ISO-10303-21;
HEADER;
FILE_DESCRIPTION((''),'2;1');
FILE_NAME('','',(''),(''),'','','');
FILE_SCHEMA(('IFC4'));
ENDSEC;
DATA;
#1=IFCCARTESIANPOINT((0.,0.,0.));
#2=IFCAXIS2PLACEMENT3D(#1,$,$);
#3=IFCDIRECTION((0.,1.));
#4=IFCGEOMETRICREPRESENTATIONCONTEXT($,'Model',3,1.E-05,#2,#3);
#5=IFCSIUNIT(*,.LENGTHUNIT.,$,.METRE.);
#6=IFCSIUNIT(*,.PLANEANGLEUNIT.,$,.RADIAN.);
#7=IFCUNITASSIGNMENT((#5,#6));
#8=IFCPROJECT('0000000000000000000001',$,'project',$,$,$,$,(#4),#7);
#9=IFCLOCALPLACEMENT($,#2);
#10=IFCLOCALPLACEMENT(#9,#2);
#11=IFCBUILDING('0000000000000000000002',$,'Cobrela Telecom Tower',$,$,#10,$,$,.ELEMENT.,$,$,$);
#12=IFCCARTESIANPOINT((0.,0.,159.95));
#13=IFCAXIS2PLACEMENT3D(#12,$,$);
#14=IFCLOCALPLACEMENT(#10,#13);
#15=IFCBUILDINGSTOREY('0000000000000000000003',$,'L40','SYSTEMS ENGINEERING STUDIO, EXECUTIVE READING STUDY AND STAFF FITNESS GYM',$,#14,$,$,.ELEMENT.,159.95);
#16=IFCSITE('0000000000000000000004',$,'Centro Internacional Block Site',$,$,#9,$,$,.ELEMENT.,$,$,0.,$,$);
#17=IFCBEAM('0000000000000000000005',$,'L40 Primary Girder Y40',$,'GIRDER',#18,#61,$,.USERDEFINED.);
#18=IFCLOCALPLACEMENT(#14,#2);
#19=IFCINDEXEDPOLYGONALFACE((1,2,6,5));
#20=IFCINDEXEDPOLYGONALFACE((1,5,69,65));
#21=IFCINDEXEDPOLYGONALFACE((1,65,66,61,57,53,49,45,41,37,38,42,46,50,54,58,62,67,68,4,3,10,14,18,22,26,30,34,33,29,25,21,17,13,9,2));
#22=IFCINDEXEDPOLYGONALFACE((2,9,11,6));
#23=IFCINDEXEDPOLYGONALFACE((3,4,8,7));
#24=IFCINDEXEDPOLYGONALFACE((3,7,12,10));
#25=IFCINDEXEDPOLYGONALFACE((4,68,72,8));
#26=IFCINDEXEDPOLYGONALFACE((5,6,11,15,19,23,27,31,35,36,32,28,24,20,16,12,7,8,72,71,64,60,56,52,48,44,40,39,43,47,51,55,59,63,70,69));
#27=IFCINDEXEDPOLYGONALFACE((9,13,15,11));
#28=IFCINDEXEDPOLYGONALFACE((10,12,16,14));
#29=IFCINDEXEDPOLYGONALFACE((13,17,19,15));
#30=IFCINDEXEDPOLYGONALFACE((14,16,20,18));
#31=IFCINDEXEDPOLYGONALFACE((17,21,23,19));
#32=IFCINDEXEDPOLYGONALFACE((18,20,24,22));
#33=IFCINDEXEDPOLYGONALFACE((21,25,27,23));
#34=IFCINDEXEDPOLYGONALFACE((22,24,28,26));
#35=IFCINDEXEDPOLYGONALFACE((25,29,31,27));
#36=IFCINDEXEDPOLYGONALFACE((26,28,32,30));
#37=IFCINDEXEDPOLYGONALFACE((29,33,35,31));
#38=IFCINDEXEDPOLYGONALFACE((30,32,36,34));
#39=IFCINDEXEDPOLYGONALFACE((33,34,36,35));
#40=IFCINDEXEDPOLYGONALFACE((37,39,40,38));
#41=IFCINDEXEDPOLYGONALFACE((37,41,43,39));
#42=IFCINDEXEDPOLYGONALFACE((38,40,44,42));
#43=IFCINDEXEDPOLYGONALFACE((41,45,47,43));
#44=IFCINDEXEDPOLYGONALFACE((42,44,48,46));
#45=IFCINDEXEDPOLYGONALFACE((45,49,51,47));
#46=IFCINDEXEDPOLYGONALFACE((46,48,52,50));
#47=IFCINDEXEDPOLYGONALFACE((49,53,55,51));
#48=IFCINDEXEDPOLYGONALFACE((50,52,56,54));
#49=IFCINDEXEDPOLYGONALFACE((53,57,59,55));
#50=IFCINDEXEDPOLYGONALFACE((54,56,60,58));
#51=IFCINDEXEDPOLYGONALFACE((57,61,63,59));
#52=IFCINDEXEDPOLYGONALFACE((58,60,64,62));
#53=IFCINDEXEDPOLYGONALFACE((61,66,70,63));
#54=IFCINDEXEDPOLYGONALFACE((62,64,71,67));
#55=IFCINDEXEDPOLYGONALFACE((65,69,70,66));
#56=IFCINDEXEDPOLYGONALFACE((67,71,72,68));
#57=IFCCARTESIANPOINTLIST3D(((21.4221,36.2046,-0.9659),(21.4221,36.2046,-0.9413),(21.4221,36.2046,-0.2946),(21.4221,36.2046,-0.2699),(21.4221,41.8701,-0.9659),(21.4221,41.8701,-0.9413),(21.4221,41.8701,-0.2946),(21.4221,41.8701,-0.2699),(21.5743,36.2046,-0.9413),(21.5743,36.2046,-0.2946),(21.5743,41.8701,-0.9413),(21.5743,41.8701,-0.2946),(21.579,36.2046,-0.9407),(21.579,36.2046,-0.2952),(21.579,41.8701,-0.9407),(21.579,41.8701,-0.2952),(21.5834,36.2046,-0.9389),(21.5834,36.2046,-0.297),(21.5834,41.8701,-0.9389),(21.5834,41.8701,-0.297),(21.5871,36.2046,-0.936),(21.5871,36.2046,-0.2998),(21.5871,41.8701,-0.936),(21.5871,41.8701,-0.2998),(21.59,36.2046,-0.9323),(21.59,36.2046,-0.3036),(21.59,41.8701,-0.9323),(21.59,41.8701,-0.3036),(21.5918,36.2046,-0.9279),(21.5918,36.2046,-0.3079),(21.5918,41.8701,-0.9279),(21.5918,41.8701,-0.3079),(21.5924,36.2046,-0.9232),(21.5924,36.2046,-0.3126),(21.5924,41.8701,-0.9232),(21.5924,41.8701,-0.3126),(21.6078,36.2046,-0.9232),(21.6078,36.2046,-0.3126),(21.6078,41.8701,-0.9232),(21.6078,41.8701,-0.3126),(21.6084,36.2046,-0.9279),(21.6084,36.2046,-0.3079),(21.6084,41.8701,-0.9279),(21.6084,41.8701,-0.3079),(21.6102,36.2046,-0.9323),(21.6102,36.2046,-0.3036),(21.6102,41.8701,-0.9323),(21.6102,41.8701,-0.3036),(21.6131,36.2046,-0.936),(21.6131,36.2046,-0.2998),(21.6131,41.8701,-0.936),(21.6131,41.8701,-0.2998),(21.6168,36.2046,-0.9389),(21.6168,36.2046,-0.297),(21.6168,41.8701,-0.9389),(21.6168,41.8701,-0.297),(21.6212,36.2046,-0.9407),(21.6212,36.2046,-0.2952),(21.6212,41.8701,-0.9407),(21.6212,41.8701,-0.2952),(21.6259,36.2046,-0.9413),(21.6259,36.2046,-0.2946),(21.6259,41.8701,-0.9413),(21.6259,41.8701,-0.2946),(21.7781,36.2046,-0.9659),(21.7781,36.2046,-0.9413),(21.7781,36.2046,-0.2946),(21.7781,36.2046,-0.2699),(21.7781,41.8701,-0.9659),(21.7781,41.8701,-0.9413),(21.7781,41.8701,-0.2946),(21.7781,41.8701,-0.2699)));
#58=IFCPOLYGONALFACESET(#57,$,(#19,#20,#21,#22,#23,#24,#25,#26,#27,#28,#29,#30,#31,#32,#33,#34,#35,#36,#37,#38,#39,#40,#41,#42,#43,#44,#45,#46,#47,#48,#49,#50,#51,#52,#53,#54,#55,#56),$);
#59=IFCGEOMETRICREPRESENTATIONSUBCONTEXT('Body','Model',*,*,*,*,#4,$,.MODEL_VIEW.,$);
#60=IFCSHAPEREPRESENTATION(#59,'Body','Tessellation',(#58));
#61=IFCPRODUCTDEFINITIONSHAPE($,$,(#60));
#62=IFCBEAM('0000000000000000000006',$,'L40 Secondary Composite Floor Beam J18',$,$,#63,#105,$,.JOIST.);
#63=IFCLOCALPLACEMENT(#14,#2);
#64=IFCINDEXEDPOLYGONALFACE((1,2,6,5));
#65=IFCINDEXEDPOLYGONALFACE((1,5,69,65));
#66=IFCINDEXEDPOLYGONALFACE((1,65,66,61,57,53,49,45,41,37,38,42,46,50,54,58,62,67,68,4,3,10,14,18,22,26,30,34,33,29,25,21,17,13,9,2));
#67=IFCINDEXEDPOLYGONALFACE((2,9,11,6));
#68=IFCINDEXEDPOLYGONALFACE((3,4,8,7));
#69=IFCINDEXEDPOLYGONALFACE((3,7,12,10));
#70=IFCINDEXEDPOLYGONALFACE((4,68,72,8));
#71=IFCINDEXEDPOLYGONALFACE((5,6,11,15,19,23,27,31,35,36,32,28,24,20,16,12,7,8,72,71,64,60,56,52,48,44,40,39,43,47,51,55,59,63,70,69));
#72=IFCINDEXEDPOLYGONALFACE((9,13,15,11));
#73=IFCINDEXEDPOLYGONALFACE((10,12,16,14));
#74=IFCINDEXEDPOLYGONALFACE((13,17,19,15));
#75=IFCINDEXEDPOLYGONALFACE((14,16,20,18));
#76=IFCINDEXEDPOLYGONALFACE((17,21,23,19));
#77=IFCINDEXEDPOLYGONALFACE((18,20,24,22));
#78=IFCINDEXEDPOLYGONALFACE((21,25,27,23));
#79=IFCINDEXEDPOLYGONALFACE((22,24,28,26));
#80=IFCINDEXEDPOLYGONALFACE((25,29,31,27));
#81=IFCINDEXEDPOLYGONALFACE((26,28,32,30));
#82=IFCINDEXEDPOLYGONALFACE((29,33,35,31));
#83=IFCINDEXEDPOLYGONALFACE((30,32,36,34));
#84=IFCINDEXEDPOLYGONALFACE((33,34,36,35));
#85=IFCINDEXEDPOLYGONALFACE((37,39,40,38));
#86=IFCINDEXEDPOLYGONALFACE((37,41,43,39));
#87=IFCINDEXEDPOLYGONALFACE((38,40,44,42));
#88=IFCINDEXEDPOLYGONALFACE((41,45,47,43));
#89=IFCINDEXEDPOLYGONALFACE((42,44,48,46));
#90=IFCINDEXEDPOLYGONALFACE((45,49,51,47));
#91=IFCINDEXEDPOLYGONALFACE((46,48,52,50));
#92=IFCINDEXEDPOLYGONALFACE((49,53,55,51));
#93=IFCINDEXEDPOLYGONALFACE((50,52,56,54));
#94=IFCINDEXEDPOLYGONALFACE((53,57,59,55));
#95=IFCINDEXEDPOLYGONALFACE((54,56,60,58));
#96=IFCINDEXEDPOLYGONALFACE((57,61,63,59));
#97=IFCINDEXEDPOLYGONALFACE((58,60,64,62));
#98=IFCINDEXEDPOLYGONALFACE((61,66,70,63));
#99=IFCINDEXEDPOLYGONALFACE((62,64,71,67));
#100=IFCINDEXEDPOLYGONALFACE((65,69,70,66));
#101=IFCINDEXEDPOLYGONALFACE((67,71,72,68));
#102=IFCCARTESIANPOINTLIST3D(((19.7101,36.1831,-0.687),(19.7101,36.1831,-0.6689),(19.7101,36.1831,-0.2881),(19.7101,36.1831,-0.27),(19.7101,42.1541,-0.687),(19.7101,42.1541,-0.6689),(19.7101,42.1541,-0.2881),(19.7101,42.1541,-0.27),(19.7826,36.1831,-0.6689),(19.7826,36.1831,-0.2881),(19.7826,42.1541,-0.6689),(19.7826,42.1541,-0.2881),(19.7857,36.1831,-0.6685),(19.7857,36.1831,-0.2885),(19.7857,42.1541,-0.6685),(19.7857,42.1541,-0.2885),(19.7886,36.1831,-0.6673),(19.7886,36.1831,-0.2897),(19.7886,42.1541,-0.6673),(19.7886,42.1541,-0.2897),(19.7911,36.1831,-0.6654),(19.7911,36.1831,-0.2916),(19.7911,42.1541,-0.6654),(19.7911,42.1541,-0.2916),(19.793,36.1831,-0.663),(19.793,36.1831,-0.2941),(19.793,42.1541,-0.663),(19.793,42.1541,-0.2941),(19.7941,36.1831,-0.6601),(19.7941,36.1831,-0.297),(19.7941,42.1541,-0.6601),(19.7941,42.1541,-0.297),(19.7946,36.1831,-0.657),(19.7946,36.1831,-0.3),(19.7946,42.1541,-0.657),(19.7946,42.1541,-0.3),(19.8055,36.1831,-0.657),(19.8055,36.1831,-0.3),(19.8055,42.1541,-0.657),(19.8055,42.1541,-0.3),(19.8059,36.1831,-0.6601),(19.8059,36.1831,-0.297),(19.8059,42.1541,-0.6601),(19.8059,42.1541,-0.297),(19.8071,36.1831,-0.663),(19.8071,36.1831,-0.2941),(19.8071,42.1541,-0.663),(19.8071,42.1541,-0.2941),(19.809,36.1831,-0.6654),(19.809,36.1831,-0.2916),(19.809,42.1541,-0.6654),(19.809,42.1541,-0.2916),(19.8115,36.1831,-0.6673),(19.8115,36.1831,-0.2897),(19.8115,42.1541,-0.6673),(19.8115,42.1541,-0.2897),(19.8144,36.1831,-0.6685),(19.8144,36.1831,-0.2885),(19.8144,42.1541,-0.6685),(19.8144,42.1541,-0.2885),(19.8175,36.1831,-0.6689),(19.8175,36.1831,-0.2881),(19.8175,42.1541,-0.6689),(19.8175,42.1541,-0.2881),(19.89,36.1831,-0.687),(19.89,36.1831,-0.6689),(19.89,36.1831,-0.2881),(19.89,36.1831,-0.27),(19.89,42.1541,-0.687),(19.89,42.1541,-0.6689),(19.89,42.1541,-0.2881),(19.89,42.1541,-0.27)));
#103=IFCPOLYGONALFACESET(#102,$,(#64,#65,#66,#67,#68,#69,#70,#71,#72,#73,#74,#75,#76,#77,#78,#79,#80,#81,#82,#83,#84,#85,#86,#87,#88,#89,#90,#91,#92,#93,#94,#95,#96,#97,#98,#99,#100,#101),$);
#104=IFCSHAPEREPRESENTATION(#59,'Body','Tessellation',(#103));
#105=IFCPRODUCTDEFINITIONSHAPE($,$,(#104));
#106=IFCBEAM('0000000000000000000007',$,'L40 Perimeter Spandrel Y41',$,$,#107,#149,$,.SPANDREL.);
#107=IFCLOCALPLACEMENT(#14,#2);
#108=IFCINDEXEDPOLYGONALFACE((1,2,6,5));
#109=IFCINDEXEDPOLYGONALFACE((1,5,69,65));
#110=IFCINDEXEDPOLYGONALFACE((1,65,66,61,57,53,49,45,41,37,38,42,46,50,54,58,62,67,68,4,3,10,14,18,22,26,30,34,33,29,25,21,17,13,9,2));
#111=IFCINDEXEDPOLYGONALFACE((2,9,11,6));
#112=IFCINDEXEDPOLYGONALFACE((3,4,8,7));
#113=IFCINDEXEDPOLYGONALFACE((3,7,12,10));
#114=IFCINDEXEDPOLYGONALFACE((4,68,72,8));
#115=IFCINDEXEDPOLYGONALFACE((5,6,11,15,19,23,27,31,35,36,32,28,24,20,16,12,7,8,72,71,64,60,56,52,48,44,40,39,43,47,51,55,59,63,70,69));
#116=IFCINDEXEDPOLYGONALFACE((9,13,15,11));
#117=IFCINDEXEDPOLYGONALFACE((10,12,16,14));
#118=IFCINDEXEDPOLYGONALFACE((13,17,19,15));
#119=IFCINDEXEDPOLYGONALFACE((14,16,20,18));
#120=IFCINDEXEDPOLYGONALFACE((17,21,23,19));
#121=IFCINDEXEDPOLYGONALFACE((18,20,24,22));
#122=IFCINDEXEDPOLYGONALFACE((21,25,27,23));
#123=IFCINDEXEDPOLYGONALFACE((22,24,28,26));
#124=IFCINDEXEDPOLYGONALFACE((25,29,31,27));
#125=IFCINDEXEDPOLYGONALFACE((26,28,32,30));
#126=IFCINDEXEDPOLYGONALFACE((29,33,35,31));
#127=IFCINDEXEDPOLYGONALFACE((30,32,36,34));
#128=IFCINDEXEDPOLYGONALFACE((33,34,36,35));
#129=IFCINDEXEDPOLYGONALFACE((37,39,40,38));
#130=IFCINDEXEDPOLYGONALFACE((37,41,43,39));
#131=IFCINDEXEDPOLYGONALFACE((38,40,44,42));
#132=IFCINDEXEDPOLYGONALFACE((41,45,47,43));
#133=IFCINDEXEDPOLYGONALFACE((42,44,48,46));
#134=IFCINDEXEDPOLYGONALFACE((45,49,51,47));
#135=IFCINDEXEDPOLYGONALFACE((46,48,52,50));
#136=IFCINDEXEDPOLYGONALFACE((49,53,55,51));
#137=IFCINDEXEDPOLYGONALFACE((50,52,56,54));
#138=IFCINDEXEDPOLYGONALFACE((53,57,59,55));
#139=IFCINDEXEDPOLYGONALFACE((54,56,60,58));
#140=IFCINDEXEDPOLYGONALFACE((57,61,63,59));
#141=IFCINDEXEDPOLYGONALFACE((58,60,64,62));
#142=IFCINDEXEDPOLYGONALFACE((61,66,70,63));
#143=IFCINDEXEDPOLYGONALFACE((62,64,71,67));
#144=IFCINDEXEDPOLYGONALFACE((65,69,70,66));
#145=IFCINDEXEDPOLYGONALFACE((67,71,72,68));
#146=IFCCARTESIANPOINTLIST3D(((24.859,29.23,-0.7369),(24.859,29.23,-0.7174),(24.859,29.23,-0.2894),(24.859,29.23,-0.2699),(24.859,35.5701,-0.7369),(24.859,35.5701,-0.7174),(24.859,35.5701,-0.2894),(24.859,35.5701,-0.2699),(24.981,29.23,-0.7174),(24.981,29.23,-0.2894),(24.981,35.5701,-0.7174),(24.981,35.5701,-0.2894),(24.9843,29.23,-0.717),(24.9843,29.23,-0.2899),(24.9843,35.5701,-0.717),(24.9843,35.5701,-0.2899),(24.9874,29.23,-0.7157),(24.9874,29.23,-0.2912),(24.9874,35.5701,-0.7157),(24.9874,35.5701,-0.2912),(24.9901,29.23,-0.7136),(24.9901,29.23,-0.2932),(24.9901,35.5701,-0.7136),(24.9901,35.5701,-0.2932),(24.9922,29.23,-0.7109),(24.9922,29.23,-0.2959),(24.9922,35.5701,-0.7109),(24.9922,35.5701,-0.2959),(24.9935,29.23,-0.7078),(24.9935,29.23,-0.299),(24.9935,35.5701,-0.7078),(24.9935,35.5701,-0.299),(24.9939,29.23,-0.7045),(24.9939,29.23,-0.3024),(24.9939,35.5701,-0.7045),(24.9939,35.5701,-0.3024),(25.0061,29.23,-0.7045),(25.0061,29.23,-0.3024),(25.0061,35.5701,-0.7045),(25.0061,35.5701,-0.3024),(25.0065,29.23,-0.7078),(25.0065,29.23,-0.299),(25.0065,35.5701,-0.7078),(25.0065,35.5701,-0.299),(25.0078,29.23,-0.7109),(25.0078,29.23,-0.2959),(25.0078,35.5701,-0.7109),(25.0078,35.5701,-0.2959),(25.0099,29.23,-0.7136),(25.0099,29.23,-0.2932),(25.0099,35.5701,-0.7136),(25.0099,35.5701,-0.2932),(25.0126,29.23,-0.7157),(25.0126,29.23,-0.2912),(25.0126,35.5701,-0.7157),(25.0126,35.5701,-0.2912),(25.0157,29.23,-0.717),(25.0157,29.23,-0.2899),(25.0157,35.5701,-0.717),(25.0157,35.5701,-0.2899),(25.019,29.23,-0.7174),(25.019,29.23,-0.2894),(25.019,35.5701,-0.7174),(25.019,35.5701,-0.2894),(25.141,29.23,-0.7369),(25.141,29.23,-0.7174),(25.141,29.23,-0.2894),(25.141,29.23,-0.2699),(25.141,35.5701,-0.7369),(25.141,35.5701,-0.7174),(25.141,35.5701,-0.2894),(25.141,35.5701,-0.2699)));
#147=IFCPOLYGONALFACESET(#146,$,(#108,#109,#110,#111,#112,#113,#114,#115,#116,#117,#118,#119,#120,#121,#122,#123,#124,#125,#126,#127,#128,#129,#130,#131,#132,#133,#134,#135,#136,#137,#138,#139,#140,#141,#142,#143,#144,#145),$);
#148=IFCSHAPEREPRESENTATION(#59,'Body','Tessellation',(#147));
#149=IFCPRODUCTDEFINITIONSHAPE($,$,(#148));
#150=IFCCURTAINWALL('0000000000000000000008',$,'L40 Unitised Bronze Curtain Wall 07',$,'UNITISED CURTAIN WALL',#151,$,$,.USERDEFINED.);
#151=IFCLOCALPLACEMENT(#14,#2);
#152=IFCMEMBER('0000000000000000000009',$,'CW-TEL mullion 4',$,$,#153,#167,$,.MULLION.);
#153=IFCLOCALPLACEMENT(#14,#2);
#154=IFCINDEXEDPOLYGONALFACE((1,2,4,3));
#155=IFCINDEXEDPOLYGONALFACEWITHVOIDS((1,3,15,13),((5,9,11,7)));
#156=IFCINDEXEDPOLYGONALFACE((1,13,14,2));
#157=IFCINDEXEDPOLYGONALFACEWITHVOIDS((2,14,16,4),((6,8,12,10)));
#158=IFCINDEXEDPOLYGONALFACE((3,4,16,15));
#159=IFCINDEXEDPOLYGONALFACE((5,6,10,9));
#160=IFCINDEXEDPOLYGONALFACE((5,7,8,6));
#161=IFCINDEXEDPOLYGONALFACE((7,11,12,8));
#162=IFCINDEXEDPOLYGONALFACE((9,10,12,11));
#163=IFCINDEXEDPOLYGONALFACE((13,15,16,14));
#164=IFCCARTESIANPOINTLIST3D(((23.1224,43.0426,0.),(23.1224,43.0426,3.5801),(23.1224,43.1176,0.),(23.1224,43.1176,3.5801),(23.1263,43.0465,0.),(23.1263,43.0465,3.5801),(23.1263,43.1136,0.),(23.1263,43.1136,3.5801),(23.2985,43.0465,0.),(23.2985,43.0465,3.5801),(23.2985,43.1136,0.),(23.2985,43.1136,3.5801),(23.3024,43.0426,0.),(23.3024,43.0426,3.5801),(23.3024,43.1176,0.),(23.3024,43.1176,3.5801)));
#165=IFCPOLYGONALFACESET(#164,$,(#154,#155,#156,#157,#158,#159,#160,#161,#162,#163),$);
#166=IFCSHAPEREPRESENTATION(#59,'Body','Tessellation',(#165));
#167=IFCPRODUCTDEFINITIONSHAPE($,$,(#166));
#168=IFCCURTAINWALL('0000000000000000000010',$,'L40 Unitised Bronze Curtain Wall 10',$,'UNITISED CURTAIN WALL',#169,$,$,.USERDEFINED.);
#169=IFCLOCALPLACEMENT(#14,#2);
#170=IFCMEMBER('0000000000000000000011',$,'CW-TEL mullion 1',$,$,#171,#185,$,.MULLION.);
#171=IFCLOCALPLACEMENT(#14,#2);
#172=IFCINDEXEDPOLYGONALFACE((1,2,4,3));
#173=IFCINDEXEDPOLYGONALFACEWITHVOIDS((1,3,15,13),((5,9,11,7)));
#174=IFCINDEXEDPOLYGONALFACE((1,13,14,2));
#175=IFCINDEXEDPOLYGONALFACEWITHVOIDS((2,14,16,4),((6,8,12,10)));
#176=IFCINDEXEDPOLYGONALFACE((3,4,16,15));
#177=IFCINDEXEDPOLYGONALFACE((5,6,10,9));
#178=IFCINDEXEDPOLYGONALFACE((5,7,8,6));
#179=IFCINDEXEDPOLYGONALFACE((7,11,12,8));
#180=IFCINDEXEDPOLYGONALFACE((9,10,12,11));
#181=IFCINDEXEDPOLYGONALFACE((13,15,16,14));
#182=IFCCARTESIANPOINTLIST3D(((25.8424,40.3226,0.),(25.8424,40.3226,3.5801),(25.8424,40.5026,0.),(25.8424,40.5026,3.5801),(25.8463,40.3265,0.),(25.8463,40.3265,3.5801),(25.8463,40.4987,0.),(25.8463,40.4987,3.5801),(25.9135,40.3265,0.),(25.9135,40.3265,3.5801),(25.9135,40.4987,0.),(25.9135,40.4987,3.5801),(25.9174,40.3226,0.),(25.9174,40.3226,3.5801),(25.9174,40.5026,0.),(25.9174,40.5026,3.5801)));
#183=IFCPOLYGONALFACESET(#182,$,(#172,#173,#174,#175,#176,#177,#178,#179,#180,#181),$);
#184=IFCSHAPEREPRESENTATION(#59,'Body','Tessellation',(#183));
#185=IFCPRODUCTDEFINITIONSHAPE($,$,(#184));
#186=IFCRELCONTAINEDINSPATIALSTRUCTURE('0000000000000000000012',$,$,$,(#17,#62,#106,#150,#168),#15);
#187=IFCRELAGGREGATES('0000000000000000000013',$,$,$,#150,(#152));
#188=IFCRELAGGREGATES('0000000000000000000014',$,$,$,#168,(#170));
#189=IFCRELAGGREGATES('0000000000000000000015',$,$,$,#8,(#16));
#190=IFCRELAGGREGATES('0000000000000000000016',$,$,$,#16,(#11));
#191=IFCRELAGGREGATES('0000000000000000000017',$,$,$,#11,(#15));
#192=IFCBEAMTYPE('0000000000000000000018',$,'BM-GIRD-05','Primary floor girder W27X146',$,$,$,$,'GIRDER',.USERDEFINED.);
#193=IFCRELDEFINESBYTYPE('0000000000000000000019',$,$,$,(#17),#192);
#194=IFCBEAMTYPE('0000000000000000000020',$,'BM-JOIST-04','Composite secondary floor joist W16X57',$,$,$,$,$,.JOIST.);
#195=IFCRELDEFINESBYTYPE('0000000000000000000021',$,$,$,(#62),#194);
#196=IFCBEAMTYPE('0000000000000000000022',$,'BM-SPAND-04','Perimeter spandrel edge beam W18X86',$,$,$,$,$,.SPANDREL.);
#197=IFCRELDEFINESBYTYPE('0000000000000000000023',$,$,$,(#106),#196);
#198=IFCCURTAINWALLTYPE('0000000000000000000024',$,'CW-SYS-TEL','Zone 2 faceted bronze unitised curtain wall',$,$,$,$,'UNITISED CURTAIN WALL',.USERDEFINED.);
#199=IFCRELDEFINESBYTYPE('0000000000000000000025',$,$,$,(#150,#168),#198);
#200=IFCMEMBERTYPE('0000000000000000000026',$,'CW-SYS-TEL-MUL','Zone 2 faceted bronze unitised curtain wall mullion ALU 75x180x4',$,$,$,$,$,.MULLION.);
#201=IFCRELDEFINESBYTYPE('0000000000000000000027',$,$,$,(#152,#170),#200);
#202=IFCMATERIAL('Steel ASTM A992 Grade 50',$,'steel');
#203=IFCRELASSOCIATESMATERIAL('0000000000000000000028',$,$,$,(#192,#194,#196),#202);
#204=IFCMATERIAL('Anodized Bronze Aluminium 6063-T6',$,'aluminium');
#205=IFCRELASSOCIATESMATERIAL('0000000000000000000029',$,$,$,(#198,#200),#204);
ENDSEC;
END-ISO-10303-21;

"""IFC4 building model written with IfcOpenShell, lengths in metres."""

from ifc_helpers import new_model, si_unit, direction, frame, origin, origin_2d, place, context, subcontext, project, spatial, hollow_rectangle, i_section, extrude, material, material_profile, profile_set, type_object, element, aggregate, save


model = new_model("IFC4")

# Units and contexts
model_context = context("Model", 3, precision=1e-05, world=origin(), true_north=direction((0.0, 1.0)))
body_context = subcontext(model_context, "Body", "Model", "MODEL_VIEW")
ifc_project = project(units=[si_unit("LENGTHUNIT", "METRE"), si_unit("PLANEANGLEUNIT", "RADIAN")], contexts=[model_context])

# Site, building, storey
site_placement = place(None, origin())
site = spatial("IfcSite", under=ifc_project, at=site_placement, Name="Centro Internacional Block Site", CompositionType="ELEMENT", RefElevation=0.0)
building_placement = place(site_placement, origin())
building = spatial("IfcBuilding", under=site, at=building_placement, Name="Cobrela Telecom Tower", CompositionType="ELEMENT")
storey_placement = place(building_placement, frame((0.0, 0.0, 159.95)))
storey = spatial("IfcBuildingStorey", under=building, at=storey_placement, Name="L40", Description="SYSTEMS ENGINEERING STUDIO, EXECUTIVE READING STUDY AND STAFF FITNESS GYM", CompositionType="ELEMENT", Elevation=159.95)

# Shared definitions
ifc_material_1 = material(Name="Steel ASTM A992 Grade 50", Category="steel")

# Beams
ifc_material_profile_1 = material_profile(ifc_material_1, i_section(OverallWidth=0.356, OverallDepth=0.696, WebThickness=0.0154, FlangeThickness=0.0247, FilletRadius=0.0181, at=origin_2d()), Name="W27X146")
ifc_profile_set_1 = profile_set([ifc_material_profile_1], Name="Steel ASTM A992 Grade 50")
beam_type_1 = type_object("IfcBeamType", Name="BM-GIRD-05", Description="Primary floor girder W27X146", ElementType="GIRDER", PredefinedType="USERDEFINED", material=ifc_profile_set_1)
beam_1_placement = place(storey_placement, frame((21.6001, 36.2046, -0.6179), z_axis=(0.0, 1.0, 0.0), x_axis=(-1.0, 0.0, 0.0)))
element("IfcBeam", 1, at=beam_1_placement, inside=storey, type_object=beam_type_1, Name="L40 Primary Girder Y40", ObjectType="GIRDER", PredefinedType="USERDEFINED", context=body_context, shape_type="SweptSolid", body=[
    extrude(i_section(OverallWidth=0.356, OverallDepth=0.696, WebThickness=0.0154, FlangeThickness=0.0247, FilletRadius=0.0181, at=origin_2d()), origin(), (0.0, 0.0, 1.0), 5.6655),
])
ifc_material_profile_2 = material_profile(ifc_material_1, i_section(OverallWidth=0.1799, OverallDepth=0.417, WebThickness=0.011, FlangeThickness=0.0181, FilletRadius=0.012, at=origin_2d()), Name="W16X57")
ifc_profile_set_2 = profile_set([ifc_material_profile_2], Name="Steel ASTM A992 Grade 50")
beam_type_2 = type_object("IfcBeamType", Name="BM-JOIST-04", Description="Composite secondary floor joist W16X57", PredefinedType="JOIST", material=ifc_profile_set_2)
beam_2_placement = place(storey_placement, frame((19.8, 36.1831, -0.4785), z_axis=(0.0, 1.0, 0.0), x_axis=(-1.0, 0.0, 0.0)))
element("IfcBeam", 2, at=beam_2_placement, inside=storey, type_object=beam_type_2, Name="L40 Secondary Composite Floor Beam J18", PredefinedType="JOIST", context=body_context, shape_type="SweptSolid", body=[
    extrude(i_section(OverallWidth=0.1799, OverallDepth=0.417, WebThickness=0.011, FlangeThickness=0.0181, FilletRadius=0.012, at=origin_2d()), origin(), (0.0, 0.0, 1.0), 5.9709),
])
ifc_material_profile_3 = material_profile(ifc_material_1, i_section(OverallWidth=0.282, OverallDepth=0.467, WebThickness=0.0122, FlangeThickness=0.0195, FilletRadius=0.0129, at=origin_2d()), Name="W18X86")
ifc_profile_set_3 = profile_set([ifc_material_profile_3], Name="Steel ASTM A992 Grade 50")
beam_type_3 = type_object("IfcBeamType", Name="BM-SPAND-04", Description="Perimeter spandrel edge beam W18X86", PredefinedType="SPANDREL", material=ifc_profile_set_3)
beam_3_placement = place(storey_placement, frame((25.0, 29.23, -0.5034), z_axis=(0.0, 1.0, 0.0), x_axis=(-1.0, 0.0, 0.0)))
element("IfcBeam", 3, at=beam_3_placement, inside=storey, type_object=beam_type_3, Name="L40 Perimeter Spandrel Y41", PredefinedType="SPANDREL", context=body_context, shape_type="SweptSolid", body=[
    extrude(i_section(OverallWidth=0.282, OverallDepth=0.467, WebThickness=0.0122, FlangeThickness=0.0195, FilletRadius=0.0129, at=origin_2d()), origin(), (0.0, 0.0, 1.0), 6.3401),
])

# Curtain wall, member
ifc_material_2 = material(Name="Anodized Bronze Aluminium 6063-T6", Category="aluminium")
curtain_wall_type = type_object("IfcCurtainWallType", Name="CW-SYS-TEL", Description="Zone 2 faceted bronze unitised curtain wall", ElementType="UNITISED CURTAIN WALL", PredefinedType="USERDEFINED", material=ifc_material_2)
curtain_wall_1_placement = place(storey_placement, origin())
curtain_wall_1 = element("IfcCurtainWall", 4, at=curtain_wall_1_placement, inside=storey, type_object=curtain_wall_type, Name="L40 Unitised Bronze Curtain Wall 07", ObjectType="UNITISED CURTAIN WALL", PredefinedType="USERDEFINED")
ifc_material_profile_4 = material_profile(ifc_material_2, hollow_rectangle(XDim=0.075, YDim=0.1799, WallThickness=0.0039, at=origin_2d()), Name="ALU 75x180x4")
ifc_profile_set_4 = profile_set([ifc_material_profile_4], Name="Anodized Bronze Aluminium 6063-T6")
member_type_1 = type_object("IfcMemberType", Name="CW-SYS-TEL-MUL", Description="Zone 2 faceted bronze unitised curtain wall mullion ALU 75x180x4", PredefinedType="MULLION", material=ifc_profile_set_4)
member_1_placement = place(storey_placement, frame((23.2124, 43.0801, 0.0), z_axis=(0.0, 0.0, 1.0), x_axis=(0.0, 1.0, 0.0)))
member_1 = element("IfcMember", 5, at=member_1_placement, type_object=member_type_1, Name="CW-TEL mullion 4", PredefinedType="MULLION", context=body_context, shape_type="SweptSolid", body=[
    extrude(hollow_rectangle(XDim=0.075, YDim=0.1799, WallThickness=0.0039, at=origin_2d()), origin(), (0.0, 0.0, 1.0), 3.5801),
])

# Curtain wall, member
curtain_wall_2_placement = place(storey_placement, origin())
curtain_wall_2 = element("IfcCurtainWall", 6, at=curtain_wall_2_placement, inside=storey, type_object=curtain_wall_type, Name="L40 Unitised Bronze Curtain Wall 10", ObjectType="UNITISED CURTAIN WALL", PredefinedType="USERDEFINED")
member_2_placement = place(storey_placement, frame((25.8799, 40.4126, 0.0), z_axis=(0.0, 0.0, 1.0), x_axis=(1.0, 0.0, 0.0)))
member_2 = element("IfcMember", 7, at=member_2_placement, type_object=member_type_1, Name="CW-TEL mullion 1", PredefinedType="MULLION", context=body_context, shape_type="SweptSolid", body=[
    extrude(hollow_rectangle(XDim=0.075, YDim=0.1799, WallThickness=0.0039, at=origin_2d()), origin(), (0.0, 0.0, 1.0), 3.5801),
])

aggregate(curtain_wall_1, [member_1])
aggregate(curtain_wall_2, [member_2])

save(model, "model.ifc")
